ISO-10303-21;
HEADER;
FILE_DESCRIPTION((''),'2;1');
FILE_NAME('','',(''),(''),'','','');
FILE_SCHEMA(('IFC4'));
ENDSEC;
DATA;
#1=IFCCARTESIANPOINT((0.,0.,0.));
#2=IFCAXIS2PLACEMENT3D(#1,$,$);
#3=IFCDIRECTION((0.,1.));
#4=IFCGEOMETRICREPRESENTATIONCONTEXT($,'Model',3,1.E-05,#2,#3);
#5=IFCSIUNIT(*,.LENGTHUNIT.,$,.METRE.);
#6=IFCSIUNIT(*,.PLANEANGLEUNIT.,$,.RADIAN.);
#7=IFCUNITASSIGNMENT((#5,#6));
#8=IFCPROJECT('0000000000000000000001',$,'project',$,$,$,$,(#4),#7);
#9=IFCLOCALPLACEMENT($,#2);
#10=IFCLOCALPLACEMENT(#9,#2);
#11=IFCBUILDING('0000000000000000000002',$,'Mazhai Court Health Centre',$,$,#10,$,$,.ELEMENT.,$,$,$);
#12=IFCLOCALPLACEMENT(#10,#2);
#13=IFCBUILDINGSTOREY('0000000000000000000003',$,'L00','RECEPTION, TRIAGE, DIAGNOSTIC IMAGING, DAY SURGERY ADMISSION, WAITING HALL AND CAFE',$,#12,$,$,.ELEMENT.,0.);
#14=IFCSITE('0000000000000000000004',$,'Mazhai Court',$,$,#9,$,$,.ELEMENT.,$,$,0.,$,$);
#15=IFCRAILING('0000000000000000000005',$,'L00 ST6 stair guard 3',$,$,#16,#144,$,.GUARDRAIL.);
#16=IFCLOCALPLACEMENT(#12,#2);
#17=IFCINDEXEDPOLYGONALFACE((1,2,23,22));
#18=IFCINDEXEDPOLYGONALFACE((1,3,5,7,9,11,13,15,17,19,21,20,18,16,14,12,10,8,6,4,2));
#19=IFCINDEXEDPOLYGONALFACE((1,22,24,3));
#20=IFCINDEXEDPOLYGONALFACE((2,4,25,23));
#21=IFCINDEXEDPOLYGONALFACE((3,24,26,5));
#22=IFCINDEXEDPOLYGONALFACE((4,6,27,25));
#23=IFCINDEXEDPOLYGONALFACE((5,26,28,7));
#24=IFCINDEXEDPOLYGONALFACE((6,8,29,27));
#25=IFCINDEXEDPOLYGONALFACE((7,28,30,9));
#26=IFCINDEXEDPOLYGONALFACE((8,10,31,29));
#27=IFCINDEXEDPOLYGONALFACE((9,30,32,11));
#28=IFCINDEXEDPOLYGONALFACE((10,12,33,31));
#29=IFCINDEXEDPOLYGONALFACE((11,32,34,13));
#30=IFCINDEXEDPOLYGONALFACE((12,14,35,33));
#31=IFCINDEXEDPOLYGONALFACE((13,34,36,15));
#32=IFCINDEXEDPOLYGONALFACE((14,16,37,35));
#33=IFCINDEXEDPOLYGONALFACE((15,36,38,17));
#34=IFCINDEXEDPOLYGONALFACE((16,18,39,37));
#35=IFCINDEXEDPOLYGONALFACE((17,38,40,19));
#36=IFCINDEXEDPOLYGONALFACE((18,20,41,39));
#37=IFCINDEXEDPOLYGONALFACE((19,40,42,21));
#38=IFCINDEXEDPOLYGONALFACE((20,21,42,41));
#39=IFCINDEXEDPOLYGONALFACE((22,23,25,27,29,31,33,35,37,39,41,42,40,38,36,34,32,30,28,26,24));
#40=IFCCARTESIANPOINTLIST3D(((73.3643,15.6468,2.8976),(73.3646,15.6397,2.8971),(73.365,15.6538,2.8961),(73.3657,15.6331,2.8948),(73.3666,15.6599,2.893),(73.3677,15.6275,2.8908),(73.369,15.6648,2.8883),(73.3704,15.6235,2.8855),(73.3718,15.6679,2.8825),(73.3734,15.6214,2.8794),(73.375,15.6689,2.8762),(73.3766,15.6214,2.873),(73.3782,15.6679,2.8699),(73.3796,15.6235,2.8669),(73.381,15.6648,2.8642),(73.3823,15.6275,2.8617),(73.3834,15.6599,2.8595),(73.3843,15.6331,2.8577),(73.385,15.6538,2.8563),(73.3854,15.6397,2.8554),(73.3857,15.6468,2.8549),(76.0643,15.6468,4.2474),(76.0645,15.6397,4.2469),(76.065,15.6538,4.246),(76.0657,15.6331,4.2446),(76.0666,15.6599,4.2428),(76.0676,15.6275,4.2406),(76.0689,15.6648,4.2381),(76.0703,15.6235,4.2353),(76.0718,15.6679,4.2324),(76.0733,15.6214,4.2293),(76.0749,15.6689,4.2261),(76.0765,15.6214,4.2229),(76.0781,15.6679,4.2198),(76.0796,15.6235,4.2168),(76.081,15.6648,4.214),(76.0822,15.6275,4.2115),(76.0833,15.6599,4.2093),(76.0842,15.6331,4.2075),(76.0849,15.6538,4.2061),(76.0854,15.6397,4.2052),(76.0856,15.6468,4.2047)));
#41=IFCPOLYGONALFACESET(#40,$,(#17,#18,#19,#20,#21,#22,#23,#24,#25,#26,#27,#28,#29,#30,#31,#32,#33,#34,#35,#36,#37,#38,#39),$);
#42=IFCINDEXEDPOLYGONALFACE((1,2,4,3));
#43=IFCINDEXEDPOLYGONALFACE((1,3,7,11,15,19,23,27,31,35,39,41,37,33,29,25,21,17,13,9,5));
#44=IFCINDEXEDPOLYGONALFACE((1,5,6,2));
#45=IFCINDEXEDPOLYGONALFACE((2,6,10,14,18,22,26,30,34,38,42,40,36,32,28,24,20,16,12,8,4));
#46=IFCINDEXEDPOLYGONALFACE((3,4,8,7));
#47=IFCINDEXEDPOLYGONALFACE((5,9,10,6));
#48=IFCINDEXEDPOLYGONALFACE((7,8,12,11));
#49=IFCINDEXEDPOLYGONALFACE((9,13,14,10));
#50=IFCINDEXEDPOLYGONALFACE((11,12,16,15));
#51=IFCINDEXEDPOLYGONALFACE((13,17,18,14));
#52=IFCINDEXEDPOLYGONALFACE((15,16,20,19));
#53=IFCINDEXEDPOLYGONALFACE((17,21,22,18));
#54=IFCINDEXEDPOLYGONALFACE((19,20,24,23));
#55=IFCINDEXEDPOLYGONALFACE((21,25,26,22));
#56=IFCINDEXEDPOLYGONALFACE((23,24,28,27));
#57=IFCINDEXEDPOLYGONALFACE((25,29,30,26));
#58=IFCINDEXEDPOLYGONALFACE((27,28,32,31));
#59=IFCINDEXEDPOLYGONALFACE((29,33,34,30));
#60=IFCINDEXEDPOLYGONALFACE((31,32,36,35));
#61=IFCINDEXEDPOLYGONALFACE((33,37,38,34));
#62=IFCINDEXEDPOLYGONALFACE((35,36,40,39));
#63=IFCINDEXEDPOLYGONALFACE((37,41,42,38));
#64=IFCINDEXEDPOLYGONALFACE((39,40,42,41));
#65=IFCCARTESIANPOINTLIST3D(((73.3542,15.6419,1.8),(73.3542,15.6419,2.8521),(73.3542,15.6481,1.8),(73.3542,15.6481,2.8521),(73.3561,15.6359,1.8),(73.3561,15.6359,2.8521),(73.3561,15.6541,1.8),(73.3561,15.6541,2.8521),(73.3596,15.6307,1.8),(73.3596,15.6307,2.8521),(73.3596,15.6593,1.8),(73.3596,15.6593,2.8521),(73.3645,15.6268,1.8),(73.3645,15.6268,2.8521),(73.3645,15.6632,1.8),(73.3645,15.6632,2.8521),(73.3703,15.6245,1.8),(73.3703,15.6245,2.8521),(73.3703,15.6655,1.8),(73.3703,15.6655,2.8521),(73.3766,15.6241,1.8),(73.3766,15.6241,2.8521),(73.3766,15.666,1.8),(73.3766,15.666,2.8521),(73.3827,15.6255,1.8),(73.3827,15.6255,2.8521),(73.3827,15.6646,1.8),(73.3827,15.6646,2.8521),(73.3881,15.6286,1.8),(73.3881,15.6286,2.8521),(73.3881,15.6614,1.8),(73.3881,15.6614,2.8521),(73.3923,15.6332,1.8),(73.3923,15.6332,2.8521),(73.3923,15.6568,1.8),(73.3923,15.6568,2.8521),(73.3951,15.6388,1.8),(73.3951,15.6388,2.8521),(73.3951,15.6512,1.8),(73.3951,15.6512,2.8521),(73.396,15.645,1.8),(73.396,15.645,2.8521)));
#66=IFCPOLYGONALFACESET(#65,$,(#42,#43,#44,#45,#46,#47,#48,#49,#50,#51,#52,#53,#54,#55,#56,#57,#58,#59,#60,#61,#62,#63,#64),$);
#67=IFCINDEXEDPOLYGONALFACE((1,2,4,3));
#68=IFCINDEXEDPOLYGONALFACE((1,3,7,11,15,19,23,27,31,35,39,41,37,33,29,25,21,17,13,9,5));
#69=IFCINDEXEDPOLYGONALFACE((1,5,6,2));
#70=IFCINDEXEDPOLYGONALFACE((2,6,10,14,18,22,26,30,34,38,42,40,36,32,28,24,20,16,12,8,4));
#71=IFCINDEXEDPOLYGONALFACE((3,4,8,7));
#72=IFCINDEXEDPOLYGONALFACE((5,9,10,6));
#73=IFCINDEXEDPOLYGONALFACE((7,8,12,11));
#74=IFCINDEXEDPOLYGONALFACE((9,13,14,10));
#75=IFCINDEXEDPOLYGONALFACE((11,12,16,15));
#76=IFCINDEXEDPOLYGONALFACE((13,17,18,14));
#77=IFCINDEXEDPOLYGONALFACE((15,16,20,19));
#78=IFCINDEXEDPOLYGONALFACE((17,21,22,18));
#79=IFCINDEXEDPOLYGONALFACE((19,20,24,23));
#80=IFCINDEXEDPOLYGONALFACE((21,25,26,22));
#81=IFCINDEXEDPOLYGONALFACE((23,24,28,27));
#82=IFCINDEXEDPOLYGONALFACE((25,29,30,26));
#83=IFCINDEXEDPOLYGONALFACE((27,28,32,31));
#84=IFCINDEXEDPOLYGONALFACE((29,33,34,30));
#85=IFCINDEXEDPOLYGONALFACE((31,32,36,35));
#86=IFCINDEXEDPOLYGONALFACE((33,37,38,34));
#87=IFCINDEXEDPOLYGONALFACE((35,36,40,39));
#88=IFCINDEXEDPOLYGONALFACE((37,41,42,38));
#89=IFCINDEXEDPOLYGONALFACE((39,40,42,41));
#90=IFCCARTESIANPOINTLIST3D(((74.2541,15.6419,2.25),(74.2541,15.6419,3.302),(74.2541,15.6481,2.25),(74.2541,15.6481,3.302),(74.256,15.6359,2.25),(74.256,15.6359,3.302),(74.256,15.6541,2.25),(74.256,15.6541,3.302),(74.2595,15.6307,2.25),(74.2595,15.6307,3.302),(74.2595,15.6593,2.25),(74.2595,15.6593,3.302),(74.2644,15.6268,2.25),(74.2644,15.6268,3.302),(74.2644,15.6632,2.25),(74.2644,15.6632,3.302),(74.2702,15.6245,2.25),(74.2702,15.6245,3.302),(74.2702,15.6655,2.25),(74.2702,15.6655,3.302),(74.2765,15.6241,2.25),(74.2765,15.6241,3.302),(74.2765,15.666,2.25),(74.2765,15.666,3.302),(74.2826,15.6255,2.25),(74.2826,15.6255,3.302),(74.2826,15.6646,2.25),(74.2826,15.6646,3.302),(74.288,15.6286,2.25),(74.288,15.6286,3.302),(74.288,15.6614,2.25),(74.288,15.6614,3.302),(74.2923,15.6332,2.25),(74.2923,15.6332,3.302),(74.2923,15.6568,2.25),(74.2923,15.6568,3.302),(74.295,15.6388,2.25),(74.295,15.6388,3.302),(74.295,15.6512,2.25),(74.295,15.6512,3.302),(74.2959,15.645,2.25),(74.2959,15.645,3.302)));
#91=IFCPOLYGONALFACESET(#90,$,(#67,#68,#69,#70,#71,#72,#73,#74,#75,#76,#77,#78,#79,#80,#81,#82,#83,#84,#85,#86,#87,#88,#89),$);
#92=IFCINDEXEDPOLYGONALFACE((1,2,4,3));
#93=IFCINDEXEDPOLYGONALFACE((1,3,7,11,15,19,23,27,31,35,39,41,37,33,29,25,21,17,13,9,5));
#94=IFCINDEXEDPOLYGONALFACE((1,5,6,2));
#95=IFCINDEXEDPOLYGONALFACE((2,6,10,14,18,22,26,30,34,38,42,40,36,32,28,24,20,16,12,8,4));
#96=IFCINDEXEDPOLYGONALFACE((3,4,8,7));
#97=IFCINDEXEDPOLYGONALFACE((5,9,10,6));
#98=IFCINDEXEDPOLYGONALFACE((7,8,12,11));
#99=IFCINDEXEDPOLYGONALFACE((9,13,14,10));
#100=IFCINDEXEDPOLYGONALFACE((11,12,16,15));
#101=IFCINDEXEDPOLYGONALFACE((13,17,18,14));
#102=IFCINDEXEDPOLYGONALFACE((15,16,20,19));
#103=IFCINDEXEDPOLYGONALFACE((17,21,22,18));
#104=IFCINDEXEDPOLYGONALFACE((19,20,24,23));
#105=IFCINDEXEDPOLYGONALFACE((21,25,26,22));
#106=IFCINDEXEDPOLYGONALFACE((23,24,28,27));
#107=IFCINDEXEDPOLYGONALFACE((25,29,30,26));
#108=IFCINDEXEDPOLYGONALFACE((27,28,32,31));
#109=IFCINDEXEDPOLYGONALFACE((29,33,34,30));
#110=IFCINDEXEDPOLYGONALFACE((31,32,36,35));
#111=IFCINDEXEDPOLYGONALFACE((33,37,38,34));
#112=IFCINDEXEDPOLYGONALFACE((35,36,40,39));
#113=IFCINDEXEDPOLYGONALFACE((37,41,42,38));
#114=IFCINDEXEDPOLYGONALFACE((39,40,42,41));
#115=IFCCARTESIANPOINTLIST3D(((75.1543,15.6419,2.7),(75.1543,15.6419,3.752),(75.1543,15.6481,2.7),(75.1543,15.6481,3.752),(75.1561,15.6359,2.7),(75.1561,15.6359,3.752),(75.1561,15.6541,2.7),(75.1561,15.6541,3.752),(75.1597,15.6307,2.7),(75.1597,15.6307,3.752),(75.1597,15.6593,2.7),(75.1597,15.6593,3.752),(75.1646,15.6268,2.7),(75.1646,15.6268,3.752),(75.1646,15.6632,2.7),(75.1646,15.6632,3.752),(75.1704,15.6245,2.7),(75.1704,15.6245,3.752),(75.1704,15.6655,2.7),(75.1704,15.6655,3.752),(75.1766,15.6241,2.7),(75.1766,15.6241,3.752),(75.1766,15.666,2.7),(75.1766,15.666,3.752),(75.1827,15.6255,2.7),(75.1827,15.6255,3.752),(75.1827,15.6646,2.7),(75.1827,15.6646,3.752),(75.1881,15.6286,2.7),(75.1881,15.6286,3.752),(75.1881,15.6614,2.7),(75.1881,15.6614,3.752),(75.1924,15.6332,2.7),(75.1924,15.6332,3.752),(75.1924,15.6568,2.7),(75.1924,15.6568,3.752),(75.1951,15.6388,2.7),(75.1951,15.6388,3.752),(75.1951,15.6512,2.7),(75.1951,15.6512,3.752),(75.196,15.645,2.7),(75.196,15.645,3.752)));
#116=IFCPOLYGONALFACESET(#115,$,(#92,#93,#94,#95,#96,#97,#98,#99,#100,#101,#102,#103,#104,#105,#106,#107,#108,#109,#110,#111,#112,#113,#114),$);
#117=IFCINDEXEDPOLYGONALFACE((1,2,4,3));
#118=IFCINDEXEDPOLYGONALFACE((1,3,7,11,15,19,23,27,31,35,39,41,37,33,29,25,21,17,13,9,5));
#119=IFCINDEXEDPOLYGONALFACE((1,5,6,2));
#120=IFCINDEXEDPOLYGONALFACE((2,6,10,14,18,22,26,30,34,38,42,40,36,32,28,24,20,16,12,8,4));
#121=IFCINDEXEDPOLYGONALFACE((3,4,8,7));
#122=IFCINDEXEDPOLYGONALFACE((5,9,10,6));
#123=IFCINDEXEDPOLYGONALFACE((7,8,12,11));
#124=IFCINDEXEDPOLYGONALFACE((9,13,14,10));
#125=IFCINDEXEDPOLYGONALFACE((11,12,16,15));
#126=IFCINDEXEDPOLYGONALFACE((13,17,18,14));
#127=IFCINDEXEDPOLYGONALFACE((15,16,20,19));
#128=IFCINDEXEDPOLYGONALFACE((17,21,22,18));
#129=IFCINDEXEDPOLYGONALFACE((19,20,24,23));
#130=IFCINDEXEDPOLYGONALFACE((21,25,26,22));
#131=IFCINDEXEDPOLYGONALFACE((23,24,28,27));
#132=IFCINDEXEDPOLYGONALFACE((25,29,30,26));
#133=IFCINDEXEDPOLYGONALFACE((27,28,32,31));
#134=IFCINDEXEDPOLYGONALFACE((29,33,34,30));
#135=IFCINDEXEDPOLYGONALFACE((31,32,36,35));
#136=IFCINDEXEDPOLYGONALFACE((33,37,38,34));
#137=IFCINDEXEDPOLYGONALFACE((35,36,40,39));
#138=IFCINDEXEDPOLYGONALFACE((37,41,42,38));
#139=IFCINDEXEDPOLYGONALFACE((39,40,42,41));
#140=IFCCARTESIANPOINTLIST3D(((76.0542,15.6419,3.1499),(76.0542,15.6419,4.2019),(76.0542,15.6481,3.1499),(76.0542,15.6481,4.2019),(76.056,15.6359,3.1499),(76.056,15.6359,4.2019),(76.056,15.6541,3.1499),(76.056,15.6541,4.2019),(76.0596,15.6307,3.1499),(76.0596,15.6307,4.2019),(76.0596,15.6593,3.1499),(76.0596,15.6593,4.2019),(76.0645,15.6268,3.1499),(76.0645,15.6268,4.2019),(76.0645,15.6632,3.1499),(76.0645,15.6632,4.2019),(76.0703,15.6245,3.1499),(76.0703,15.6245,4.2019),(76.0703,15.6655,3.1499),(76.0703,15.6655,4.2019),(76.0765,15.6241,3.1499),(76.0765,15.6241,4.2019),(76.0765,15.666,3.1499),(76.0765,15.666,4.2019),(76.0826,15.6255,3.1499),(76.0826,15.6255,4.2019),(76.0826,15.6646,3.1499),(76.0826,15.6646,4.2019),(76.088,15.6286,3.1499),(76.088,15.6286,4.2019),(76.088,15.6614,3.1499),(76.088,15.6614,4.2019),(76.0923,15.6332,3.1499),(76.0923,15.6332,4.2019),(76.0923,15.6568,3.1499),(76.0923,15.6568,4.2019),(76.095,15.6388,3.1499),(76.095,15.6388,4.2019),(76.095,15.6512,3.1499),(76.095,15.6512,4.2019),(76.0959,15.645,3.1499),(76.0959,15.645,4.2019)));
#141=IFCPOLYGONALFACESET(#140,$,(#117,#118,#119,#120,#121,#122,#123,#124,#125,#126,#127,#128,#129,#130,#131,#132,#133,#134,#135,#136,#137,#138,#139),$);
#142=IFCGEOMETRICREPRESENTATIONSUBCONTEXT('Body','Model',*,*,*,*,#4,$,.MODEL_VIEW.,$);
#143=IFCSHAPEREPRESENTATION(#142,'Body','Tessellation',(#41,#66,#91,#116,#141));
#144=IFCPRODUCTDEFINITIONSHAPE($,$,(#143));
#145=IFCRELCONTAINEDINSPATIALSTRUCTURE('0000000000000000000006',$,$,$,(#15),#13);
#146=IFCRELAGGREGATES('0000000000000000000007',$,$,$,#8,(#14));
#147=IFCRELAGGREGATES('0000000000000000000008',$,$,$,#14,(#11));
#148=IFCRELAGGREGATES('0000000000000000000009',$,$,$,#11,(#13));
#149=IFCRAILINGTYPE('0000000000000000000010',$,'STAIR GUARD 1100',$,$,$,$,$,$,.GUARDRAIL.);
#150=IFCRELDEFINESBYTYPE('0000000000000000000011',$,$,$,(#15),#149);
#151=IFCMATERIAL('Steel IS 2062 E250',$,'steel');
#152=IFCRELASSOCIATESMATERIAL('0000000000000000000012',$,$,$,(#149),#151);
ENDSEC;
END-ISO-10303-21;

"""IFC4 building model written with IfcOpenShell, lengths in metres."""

from ifc_helpers import new_model, si_unit, direction, frame, origin, origin_2d, place, context, subcontext, project, spatial, circle, extrude, material, type_object, element, save


model = new_model("IFC4")

# Units and contexts
model_context = context("Model", 3, precision=1e-05, world=origin(), true_north=direction((0.0, 1.0)))
body_context = subcontext(model_context, "Body", "Model", "MODEL_VIEW")
ifc_project = project(units=[si_unit("LENGTHUNIT", "METRE"), si_unit("PLANEANGLEUNIT", "RADIAN")], contexts=[model_context])

# Site, building, storey
site_placement = place(None, origin())
site = spatial("IfcSite", under=ifc_project, at=site_placement, Name="Mazhai Court", CompositionType="ELEMENT", RefElevation=0.0)
building_placement = place(site_placement, origin())
building = spatial("IfcBuilding", under=site, at=building_placement, Name="Mazhai Court Health Centre", CompositionType="ELEMENT")
storey_placement = place(building_placement, origin())
storey = spatial("IfcBuildingStorey", under=building, at=storey_placement, Name="L00", Description="RECEPTION, TRIAGE, DIAGNOSTIC IMAGING, DAY SURGERY ADMISSION, WAITING HALL AND CAFE", CompositionType="ELEMENT", Elevation=0.0)

# Railing
ifc_material_1 = material(Name="Steel IS 2062 E250", Category="steel")
railing_type_1 = type_object("IfcRailingType", Name="STAIR GUARD 1100", PredefinedType="GUARDRAIL", material=ifc_material_1)
railing_1_placement = place(storey_placement, frame((73.375, 15.645, 1.8)))
element("IfcRailing", 1, at=railing_1_placement, inside=storey, type_object=railing_type_1, Name="L00 ST6 stair guard 3", PredefinedType="GUARDRAIL", context=body_context, shape_type="SweptSolid", body=[
    extrude(circle(Radius=0.0239, at=origin_2d()), frame((0.0, 0.0, 1.0762), z_axis=(0.894443, 0.0, 0.447181), x_axis=(0.0, 1.0, 0.0)), (0.0, 0.0, 1.0), 3.0186),
    extrude(circle(Radius=0.021, at=origin_2d()), origin(), (0.0, 0.0, 1.0), 1.052),
    extrude(circle(Radius=0.021, at=origin_2d()), frame((0.8999, 0.0, 0.45)), (0.0, 0.0, 1.0), 1.052),
    extrude(circle(Radius=0.021, at=origin_2d()), frame((1.8, 0.0, 0.8999)), (0.0, 0.0, 1.0), 1.052),
    extrude(circle(Radius=0.021, at=origin_2d()), frame((2.7, 0.0, 1.3499)), (0.0, 0.0, 1.0), 1.052),
])

save(model, "model.ifc")
